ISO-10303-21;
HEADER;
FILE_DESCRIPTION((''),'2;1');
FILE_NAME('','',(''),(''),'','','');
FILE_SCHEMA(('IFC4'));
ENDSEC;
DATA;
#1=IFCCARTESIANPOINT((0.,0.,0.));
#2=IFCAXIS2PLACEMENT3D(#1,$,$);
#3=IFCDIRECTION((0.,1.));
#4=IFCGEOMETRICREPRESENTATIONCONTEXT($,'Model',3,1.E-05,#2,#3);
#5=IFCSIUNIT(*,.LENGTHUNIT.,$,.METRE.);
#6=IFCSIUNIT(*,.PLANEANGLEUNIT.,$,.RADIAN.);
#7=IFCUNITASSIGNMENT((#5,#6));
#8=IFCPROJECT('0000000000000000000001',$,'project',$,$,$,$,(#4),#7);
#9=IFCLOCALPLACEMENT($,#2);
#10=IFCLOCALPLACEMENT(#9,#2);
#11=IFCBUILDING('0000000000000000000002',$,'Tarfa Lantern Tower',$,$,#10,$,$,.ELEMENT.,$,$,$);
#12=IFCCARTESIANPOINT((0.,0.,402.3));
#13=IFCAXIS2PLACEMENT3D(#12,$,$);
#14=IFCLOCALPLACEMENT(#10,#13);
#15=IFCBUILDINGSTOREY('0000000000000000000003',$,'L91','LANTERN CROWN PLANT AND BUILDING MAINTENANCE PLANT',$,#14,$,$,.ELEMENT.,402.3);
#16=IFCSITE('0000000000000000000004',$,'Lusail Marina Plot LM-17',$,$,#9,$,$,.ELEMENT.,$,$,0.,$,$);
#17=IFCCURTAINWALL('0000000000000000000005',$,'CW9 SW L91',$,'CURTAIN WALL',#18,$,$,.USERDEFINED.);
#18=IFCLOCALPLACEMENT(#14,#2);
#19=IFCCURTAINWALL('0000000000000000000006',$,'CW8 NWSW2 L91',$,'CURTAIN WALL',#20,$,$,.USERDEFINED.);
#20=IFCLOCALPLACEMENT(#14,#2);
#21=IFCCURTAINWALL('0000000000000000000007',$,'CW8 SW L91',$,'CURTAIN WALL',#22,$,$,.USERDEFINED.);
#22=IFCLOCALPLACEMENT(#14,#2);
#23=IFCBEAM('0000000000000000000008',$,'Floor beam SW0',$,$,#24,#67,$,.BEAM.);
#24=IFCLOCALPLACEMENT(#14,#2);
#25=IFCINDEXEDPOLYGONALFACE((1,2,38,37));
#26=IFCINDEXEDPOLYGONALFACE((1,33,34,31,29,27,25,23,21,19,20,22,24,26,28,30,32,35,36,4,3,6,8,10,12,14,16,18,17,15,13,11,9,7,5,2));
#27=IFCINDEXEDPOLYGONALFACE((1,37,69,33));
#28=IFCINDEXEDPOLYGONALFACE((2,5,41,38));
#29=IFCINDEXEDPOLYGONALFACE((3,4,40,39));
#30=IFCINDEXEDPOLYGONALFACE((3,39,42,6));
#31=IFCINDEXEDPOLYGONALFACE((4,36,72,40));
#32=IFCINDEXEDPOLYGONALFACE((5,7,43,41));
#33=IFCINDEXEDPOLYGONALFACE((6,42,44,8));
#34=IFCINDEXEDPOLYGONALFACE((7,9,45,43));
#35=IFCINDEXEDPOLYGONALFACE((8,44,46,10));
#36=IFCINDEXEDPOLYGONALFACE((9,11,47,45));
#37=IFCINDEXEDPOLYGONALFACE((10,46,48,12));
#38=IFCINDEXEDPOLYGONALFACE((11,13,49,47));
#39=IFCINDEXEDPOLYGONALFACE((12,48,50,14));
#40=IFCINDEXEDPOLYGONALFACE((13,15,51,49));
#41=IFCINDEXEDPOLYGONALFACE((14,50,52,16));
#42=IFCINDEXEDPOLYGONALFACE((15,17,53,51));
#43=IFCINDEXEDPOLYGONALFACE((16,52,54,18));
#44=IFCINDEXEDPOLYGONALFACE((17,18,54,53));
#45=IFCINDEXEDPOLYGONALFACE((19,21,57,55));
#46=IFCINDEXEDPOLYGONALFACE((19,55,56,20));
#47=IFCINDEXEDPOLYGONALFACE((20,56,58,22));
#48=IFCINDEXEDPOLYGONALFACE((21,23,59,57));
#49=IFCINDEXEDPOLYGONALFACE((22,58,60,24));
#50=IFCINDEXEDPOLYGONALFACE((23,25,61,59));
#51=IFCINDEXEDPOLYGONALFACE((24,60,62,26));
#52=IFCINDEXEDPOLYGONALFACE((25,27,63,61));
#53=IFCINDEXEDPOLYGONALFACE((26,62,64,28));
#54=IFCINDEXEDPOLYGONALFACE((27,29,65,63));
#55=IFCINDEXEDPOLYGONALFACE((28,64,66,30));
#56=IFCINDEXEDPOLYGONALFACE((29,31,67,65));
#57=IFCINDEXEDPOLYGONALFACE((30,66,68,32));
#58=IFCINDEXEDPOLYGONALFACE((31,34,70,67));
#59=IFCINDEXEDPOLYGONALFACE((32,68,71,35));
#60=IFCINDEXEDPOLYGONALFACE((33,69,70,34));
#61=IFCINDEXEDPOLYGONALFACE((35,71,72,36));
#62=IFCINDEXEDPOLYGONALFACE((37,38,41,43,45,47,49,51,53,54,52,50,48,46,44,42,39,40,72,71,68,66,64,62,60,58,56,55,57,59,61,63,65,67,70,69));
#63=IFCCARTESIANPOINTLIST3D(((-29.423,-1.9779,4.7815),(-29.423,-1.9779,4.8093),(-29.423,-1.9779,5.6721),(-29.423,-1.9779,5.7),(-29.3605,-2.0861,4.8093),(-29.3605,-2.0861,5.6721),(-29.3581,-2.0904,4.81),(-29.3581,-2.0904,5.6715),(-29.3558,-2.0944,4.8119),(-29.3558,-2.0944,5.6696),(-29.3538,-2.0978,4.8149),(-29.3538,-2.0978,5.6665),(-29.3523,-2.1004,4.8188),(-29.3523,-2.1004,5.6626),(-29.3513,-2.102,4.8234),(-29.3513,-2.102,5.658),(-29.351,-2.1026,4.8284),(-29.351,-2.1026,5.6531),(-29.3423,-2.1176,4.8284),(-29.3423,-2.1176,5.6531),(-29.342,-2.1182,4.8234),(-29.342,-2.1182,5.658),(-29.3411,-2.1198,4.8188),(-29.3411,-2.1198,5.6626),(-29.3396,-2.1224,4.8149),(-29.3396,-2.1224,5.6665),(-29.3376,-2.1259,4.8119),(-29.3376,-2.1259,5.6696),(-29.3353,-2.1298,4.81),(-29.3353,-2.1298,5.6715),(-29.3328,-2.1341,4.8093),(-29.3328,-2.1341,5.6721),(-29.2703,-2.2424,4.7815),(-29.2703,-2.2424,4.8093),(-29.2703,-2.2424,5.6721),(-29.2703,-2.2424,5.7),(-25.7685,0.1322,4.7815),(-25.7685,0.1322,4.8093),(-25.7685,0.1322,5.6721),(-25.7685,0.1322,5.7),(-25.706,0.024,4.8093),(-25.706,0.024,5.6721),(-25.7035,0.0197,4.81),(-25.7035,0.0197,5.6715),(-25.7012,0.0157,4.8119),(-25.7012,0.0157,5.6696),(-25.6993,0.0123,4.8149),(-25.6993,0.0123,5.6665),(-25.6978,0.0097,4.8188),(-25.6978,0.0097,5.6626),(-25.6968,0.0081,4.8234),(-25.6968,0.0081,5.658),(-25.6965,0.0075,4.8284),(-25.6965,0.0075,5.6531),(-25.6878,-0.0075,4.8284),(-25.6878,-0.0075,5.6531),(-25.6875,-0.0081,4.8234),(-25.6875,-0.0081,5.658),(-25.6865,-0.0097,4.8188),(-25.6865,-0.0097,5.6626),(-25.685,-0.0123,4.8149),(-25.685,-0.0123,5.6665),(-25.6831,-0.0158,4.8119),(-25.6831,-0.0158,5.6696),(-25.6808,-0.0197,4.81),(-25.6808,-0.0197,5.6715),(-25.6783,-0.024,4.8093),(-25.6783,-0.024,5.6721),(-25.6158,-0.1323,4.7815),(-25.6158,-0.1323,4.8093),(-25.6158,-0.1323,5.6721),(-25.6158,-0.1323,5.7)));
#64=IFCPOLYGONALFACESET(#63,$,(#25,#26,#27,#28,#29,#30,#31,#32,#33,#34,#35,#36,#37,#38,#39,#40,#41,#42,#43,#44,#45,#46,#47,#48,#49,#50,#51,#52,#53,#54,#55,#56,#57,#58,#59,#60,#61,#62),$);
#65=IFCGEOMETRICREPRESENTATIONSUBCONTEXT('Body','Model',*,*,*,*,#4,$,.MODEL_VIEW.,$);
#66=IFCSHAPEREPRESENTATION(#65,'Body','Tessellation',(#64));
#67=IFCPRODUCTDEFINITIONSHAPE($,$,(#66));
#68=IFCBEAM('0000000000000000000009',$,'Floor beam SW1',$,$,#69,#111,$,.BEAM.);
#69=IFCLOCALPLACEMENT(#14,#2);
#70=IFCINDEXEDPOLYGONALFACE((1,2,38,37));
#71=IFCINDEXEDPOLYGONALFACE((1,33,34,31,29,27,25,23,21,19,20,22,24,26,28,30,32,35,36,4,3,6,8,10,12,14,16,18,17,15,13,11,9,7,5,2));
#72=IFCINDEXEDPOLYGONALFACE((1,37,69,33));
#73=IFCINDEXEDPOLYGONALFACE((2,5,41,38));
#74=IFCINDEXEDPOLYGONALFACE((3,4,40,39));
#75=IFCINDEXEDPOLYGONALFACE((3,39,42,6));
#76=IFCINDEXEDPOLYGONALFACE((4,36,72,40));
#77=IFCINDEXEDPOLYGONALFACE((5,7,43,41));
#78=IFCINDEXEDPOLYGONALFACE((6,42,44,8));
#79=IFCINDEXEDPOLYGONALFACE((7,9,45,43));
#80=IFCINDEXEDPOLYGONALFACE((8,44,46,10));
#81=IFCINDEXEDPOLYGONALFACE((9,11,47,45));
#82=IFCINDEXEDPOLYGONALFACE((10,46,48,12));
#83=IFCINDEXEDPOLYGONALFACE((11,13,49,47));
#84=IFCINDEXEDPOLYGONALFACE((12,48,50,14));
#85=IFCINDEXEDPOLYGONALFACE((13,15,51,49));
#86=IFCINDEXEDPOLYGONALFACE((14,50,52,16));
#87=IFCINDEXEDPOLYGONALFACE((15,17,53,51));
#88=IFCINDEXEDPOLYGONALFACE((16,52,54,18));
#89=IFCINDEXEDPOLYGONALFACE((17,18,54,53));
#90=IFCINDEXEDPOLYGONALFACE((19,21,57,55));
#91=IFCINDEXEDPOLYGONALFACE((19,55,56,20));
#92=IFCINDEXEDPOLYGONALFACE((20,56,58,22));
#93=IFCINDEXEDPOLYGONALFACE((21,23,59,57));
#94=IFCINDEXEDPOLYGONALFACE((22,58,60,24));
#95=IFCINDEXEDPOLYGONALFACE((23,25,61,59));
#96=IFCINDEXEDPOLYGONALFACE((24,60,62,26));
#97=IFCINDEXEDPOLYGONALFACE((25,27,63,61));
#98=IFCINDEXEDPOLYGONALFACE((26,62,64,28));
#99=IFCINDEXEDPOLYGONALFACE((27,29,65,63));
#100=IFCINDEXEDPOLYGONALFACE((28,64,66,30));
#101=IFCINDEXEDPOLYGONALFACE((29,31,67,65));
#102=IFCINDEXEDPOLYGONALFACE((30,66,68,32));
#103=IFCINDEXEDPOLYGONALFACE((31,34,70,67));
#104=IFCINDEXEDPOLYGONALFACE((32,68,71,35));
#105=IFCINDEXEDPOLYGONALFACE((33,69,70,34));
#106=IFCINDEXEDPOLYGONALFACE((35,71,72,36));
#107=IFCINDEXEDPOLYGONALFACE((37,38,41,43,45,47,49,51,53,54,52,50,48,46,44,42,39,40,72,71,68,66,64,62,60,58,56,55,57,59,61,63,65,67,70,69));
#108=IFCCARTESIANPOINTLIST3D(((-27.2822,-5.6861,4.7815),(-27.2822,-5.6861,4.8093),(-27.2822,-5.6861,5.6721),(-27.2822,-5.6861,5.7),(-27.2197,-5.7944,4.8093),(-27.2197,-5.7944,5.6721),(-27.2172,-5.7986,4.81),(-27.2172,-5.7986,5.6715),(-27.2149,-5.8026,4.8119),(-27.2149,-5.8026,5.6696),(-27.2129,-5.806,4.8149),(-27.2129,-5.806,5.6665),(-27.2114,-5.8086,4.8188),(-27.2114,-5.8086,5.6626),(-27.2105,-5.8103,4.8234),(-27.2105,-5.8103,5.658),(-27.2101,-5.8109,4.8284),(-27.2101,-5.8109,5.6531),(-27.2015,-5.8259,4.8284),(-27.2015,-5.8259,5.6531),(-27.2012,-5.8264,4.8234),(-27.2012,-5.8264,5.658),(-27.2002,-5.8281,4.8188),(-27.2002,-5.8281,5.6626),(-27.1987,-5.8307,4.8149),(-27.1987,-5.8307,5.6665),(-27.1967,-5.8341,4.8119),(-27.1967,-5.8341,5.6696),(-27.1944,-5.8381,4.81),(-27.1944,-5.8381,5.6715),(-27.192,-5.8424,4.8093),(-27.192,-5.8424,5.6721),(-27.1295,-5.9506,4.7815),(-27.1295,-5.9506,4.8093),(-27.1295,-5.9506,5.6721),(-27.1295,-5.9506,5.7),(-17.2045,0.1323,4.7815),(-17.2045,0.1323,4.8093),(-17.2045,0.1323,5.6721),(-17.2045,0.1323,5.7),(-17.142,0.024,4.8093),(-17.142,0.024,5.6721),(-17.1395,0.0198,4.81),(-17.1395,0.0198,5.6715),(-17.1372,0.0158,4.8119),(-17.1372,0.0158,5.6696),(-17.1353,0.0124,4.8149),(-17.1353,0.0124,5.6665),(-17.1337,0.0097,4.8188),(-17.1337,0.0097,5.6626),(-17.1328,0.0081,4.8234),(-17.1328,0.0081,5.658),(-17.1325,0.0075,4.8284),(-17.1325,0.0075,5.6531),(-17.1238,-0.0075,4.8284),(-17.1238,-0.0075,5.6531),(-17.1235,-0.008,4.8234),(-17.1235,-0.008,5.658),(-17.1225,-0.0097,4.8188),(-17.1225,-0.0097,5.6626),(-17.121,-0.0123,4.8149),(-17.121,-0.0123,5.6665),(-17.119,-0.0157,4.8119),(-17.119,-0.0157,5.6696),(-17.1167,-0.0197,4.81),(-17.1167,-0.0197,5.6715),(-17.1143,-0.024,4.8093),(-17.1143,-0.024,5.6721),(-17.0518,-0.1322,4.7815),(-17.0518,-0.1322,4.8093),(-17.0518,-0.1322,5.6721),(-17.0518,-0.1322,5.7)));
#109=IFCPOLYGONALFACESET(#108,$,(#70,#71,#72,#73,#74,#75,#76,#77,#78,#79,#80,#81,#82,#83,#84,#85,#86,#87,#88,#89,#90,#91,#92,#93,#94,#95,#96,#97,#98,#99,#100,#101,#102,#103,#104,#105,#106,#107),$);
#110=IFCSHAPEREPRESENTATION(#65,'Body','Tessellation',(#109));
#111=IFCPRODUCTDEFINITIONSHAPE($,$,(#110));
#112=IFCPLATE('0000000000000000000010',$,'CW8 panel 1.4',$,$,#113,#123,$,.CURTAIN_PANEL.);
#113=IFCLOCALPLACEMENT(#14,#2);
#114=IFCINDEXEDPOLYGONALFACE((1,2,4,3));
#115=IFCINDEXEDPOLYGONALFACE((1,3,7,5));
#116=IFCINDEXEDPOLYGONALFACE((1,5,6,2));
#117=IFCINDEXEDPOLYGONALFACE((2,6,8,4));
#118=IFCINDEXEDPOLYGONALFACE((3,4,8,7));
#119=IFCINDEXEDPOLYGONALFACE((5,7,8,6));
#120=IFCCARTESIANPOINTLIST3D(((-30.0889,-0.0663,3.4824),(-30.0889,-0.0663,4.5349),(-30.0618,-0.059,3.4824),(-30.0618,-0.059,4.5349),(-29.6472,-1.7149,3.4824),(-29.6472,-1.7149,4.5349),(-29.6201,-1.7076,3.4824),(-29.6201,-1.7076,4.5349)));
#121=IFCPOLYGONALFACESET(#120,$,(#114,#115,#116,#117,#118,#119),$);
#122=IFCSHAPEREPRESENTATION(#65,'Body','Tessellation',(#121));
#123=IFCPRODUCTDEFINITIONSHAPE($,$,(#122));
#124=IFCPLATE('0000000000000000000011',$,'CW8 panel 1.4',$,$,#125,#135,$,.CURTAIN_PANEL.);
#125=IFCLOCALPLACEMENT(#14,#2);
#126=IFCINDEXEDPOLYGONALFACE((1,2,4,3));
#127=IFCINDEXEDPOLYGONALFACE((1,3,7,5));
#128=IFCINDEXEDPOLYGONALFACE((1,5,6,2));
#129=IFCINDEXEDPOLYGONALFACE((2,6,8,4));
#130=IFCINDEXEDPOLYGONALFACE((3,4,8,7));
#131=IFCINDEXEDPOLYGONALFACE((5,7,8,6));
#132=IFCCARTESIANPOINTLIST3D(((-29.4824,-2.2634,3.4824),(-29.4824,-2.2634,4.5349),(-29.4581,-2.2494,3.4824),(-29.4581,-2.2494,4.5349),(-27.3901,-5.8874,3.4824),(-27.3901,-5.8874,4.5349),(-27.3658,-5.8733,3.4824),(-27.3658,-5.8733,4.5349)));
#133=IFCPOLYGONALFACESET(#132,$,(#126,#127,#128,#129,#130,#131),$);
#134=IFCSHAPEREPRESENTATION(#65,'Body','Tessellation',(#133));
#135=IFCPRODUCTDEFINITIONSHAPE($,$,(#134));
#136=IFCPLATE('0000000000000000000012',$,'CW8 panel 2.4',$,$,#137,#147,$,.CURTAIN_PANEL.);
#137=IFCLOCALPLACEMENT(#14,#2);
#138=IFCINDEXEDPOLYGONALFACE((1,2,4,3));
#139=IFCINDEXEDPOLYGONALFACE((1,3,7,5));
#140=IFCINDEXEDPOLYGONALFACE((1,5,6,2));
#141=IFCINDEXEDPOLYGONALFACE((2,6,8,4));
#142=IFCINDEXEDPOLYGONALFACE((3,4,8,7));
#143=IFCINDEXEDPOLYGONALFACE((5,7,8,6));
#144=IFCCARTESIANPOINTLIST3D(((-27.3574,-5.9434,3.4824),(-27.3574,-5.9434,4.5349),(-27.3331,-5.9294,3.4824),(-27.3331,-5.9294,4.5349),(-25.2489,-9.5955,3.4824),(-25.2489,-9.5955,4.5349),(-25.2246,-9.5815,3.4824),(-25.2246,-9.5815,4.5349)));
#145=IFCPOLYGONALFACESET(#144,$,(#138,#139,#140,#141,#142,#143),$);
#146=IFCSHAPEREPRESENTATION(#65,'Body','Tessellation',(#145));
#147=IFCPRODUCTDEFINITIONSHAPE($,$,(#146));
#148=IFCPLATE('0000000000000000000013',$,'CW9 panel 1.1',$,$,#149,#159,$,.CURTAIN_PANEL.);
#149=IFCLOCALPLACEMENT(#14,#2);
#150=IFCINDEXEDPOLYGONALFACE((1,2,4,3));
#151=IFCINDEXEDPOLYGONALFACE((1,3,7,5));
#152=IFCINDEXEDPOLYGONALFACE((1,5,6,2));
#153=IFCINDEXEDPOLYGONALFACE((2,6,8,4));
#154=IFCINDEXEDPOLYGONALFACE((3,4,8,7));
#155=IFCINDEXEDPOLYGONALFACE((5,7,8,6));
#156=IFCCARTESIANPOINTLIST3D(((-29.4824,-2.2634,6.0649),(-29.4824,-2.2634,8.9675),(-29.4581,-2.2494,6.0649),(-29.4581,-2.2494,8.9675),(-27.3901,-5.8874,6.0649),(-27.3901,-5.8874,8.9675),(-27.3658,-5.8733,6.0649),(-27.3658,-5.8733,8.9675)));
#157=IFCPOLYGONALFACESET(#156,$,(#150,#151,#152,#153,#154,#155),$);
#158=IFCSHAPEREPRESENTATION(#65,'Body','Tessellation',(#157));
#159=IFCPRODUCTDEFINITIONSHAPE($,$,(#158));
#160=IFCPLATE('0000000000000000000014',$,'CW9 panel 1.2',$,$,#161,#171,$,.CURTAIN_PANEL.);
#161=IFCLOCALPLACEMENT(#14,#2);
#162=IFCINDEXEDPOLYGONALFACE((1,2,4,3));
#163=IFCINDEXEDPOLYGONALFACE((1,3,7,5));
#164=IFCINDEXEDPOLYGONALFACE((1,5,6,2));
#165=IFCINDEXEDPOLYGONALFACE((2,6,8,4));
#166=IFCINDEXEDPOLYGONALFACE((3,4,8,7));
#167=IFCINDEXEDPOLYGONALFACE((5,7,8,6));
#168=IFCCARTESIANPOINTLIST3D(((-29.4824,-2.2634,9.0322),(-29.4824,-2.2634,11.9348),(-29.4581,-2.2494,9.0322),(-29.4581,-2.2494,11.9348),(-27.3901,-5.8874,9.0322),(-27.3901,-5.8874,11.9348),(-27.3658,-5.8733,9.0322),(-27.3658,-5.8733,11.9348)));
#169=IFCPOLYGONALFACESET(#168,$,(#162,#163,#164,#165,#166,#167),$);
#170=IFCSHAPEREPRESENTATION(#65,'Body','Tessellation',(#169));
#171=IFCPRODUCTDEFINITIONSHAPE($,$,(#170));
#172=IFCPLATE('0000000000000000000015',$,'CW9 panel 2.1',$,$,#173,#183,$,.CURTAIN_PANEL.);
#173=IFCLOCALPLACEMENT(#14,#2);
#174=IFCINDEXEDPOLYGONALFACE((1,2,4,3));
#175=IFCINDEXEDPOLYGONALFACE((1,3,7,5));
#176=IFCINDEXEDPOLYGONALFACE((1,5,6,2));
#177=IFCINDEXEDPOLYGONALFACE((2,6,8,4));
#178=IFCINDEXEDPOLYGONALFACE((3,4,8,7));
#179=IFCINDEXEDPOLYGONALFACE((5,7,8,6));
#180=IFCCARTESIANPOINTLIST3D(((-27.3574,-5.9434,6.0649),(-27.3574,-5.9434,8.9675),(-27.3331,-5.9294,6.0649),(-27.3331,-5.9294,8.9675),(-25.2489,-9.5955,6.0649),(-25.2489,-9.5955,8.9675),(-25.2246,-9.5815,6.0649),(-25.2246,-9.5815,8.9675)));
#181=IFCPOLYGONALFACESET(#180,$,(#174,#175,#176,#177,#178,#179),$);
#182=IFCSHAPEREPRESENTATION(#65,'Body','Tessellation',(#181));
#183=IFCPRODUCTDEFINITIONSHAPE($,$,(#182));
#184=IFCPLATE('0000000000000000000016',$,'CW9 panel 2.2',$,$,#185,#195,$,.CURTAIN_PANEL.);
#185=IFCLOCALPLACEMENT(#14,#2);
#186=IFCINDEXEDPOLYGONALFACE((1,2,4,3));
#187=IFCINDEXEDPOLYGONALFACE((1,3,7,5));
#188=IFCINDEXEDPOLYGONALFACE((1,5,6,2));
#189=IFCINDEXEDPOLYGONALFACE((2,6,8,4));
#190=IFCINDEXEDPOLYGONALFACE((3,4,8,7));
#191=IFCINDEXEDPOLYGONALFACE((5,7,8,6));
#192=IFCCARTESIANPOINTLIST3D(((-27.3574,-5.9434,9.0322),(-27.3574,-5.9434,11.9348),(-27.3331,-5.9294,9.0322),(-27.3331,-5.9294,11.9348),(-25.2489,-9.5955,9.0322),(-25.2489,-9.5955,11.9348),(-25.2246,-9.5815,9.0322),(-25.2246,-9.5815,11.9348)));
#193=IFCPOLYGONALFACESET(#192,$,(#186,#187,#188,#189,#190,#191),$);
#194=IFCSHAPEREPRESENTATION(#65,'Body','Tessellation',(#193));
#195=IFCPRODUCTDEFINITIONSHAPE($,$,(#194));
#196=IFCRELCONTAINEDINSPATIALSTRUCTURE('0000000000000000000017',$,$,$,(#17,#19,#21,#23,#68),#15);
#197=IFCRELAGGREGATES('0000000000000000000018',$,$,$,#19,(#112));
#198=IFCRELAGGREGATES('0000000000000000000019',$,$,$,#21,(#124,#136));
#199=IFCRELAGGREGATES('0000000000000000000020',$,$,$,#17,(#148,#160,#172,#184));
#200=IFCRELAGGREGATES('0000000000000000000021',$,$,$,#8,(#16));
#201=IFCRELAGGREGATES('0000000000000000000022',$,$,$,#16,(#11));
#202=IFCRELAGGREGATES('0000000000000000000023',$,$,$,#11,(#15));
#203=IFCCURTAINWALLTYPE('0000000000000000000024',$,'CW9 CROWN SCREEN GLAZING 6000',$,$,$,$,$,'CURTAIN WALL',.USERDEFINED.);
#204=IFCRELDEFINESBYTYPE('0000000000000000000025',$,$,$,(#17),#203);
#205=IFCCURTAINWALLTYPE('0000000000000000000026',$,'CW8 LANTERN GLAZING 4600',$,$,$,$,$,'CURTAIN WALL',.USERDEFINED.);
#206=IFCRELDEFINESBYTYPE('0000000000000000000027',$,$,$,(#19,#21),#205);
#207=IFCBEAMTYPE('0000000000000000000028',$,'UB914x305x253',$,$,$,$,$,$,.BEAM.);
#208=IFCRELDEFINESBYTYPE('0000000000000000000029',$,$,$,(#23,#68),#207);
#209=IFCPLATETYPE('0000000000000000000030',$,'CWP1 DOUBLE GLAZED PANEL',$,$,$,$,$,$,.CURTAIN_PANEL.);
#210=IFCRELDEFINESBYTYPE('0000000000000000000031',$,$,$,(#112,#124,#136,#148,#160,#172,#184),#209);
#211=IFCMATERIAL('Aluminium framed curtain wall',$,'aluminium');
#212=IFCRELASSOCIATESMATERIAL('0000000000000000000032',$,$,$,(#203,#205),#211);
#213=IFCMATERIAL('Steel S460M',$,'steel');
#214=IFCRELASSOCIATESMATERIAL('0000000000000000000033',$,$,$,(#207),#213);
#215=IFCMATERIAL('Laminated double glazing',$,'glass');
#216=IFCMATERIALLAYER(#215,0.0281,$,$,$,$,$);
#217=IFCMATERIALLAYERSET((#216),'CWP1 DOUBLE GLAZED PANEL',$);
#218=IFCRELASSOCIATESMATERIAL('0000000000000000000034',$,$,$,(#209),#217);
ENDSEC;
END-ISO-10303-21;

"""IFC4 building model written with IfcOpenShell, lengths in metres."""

from ifc_helpers import new_model, si_unit, direction, frame, origin, origin_2d, place, context, subcontext, project, spatial, rectangle, i_section, extrude, material, layer, layer_set, material_profile, profile_set, type_object, element, aggregate, save


model = new_model("IFC4")

# Units and contexts
model_context = context("Model", 3, precision=1e-05, world=origin(), true_north=direction((0.0, 1.0)))
body_context = subcontext(model_context, "Body", "Model", "MODEL_VIEW")
ifc_project = project(units=[si_unit("LENGTHUNIT", "METRE"), si_unit("PLANEANGLEUNIT", "RADIAN")], contexts=[model_context])

# Site, building, storey
site_placement = place(None, origin())
site = spatial("IfcSite", under=ifc_project, at=site_placement, Name="Lusail Marina Plot LM-17", CompositionType="ELEMENT", RefElevation=0.0)
building_placement = place(site_placement, origin())
building = spatial("IfcBuilding", under=site, at=building_placement, Name="Tarfa Lantern Tower", CompositionType="ELEMENT")
storey_placement = place(building_placement, frame((0.0, 0.0, 402.3)))
storey = spatial("IfcBuildingStorey", under=building, at=storey_placement, Name="L91", Description="LANTERN CROWN PLANT AND BUILDING MAINTENANCE PLANT", CompositionType="ELEMENT", Elevation=402.3)

# Curtain wall
ifc_material_1 = material(Name="Aluminium framed curtain wall", Category="aluminium")
curtain_wall_type_1 = type_object("IfcCurtainWallType", Name="CW9 CROWN SCREEN GLAZING 6000", ElementType="CURTAIN WALL", PredefinedType="USERDEFINED", material=ifc_material_1)
curtain_wall_1_placement = place(storey_placement, origin())
curtain_wall_1 = element("IfcCurtainWall", 1, at=curtain_wall_1_placement, inside=storey, type_object=curtain_wall_type_1, Name="CW9 SW L91", ObjectType="CURTAIN WALL", PredefinedType="USERDEFINED")

# Curtain walls
curtain_wall_type_2 = type_object("IfcCurtainWallType", Name="CW8 LANTERN GLAZING 4600", ElementType="CURTAIN WALL", PredefinedType="USERDEFINED", material=ifc_material_1)
curtain_wall_2_placement = place(storey_placement, origin())
curtain_wall_2 = element("IfcCurtainWall", 2, at=curtain_wall_2_placement, inside=storey, type_object=curtain_wall_type_2, Name="CW8 NWSW2 L91", ObjectType="CURTAIN WALL", PredefinedType="USERDEFINED")
curtain_wall_3_placement = place(storey_placement, origin())
curtain_wall_3 = element("IfcCurtainWall", 3, at=curtain_wall_3_placement, inside=storey, type_object=curtain_wall_type_2, Name="CW8 SW L91", ObjectType="CURTAIN WALL", PredefinedType="USERDEFINED")

# Beams
ifc_material_2 = material(Name="Steel S460M", Category="steel")
ifc_material_profile_1 = material_profile(ifc_material_2, i_section(OverallWidth=0.3054, OverallDepth=0.9185, WebThickness=0.0173, FlangeThickness=0.0278, FilletRadius=0.019, at=origin_2d()), Name="UB914x305x253")
ifc_profile_set_1 = profile_set([ifc_material_profile_1], Name="Steel S460M")
beam_type_1 = type_object("IfcBeamType", Name="UB914x305x253", PredefinedType="BEAM", material=ifc_profile_set_1)
beam_1_placement = place(storey_placement, frame((-29.3467, -2.1101, 5.2407), z_axis=(0.866009, 0.500028, 0.0), x_axis=(-0.500028, 0.866009, 0.0)))
element("IfcBeam", 4, at=beam_1_placement, inside=storey, type_object=beam_type_1, Name="Floor beam SW0", PredefinedType="BEAM", context=body_context, shape_type="SweptSolid", body=[
    extrude(i_section(OverallWidth=0.3054, OverallDepth=0.9185, WebThickness=0.0173, FlangeThickness=0.0278, FilletRadius=0.019, at=origin_2d()), origin(), (0.0, 0.0, 1.0), 4.22),
])
beam_2_placement = place(storey_placement, frame((-27.2058, -5.8184, 5.2407), z_axis=(0.866024, 0.500002, 0.0), x_axis=(-0.500002, 0.866024, 0.0)))
element("IfcBeam", 5, at=beam_2_placement, inside=storey, type_object=beam_type_1, Name="Floor beam SW1", PredefinedType="BEAM", context=body_context, shape_type="SweptSolid", body=[
    extrude(i_section(OverallWidth=0.3054, OverallDepth=0.9185, WebThickness=0.0173, FlangeThickness=0.0278, FilletRadius=0.019, at=origin_2d()), origin(), (0.0, 0.0, 1.0), 11.6367),
])

# Plates
ifc_material_3 = material(Name="Laminated double glazing", Category="glass")
ifc_layer = layer(ifc_material_3, 0.0281)
ifc_layer_set = layer_set([ifc_layer], Name="CWP1 DOUBLE GLAZED PANEL")
plate_type = type_object("IfcPlateType", Name="CWP1 DOUBLE GLAZED PANEL", PredefinedType="CURTAIN_PANEL", material=ifc_layer_set)
plate_1_placement = place(storey_placement, frame((-29.8545, -0.887, 3.4824), z_axis=(0.0, 0.0, 1.0), x_axis=(0.258819, -0.965926, 0.0)))
plate_1 = element("IfcPlate", 6, at=plate_1_placement, type_object=plate_type, Name="CW8 panel 1.4", PredefinedType="CURTAIN_PANEL", context=body_context, shape_type="SweptSolid", body=[
    extrude(rectangle(XDim=1.7068, YDim=0.0281, at=origin_2d()), origin(), (0.0, 0.0, 1.0), 1.0525),
])
aggregate(curtain_wall_2, [plate_1])
plate_2_placement = place(storey_placement, frame((-28.4241, -4.0684, 3.4824), z_axis=(0.0, 0.0, 1.0), x_axis=(0.5, -0.866025, 0.0)))
plate_2 = element("IfcPlate", 7, at=plate_2_placement, type_object=plate_type, Name="CW8 panel 1.4", PredefinedType="CURTAIN_PANEL", context=body_context, shape_type="SweptSolid", body=[
    extrude(rectangle(XDim=4.1846, YDim=0.0281, at=origin_2d()), origin(), (0.0, 0.0, 1.0), 1.0525),
])
plate_3_placement = place(storey_placement, frame((-26.291, -7.7625, 3.4824), z_axis=(0.0, 0.0, 1.0), x_axis=(0.5, -0.866025, 0.0)))
plate_3 = element("IfcPlate", 8, at=plate_3_placement, type_object=plate_type, Name="CW8 panel 2.4", PredefinedType="CURTAIN_PANEL", context=body_context, shape_type="SweptSolid", body=[
    extrude(rectangle(XDim=4.217, YDim=0.0281, at=origin_2d()), origin(), (0.0, 0.0, 1.0), 1.0525),
])
aggregate(curtain_wall_3, [plate_2, plate_3])
plate_4_placement = place(storey_placement, frame((-28.4241, -4.0684, 6.0649), z_axis=(0.0, 0.0, 1.0), x_axis=(0.5, -0.866025, 0.0)))
plate_4 = element("IfcPlate", 9, at=plate_4_placement, type_object=plate_type, Name="CW9 panel 1.1", PredefinedType="CURTAIN_PANEL", context=body_context, shape_type="SweptSolid", body=[
    extrude(rectangle(XDim=4.1846, YDim=0.0281, at=origin_2d()), origin(), (0.0, 0.0, 1.0), 2.9026),
])
plate_5_placement = place(storey_placement, frame((-28.4241, -4.0684, 9.0322), z_axis=(0.0, 0.0, 1.0), x_axis=(0.5, -0.866025, 0.0)))
plate_5 = element("IfcPlate", 10, at=plate_5_placement, type_object=plate_type, Name="CW9 panel 1.2", PredefinedType="CURTAIN_PANEL", context=body_context, shape_type="SweptSolid", body=[
    extrude(rectangle(XDim=4.1846, YDim=0.0281, at=origin_2d()), origin(), (0.0, 0.0, 1.0), 2.9026),
])
plate_6_placement = place(storey_placement, frame((-26.291, -7.7625, 6.0649), z_axis=(0.0, 0.0, 1.0), x_axis=(0.5, -0.866025, 0.0)))
plate_6 = element("IfcPlate", 11, at=plate_6_placement, type_object=plate_type, Name="CW9 panel 2.1", PredefinedType="CURTAIN_PANEL", context=body_context, shape_type="SweptSolid", body=[
    extrude(rectangle(XDim=4.217, YDim=0.0281, at=origin_2d()), origin(), (0.0, 0.0, 1.0), 2.9026),
])
plate_7_placement = place(storey_placement, frame((-26.291, -7.7625, 9.0322), z_axis=(0.0, 0.0, 1.0), x_axis=(0.5, -0.866025, 0.0)))
plate_7 = element("IfcPlate", 12, at=plate_7_placement, type_object=plate_type, Name="CW9 panel 2.2", PredefinedType="CURTAIN_PANEL", context=body_context, shape_type="SweptSolid", body=[
    extrude(rectangle(XDim=4.217, YDim=0.0281, at=origin_2d()), origin(), (0.0, 0.0, 1.0), 2.9026),
])
aggregate(curtain_wall_1, [plate_4, plate_5, plate_6, plate_7])

save(model, "model.ifc")
